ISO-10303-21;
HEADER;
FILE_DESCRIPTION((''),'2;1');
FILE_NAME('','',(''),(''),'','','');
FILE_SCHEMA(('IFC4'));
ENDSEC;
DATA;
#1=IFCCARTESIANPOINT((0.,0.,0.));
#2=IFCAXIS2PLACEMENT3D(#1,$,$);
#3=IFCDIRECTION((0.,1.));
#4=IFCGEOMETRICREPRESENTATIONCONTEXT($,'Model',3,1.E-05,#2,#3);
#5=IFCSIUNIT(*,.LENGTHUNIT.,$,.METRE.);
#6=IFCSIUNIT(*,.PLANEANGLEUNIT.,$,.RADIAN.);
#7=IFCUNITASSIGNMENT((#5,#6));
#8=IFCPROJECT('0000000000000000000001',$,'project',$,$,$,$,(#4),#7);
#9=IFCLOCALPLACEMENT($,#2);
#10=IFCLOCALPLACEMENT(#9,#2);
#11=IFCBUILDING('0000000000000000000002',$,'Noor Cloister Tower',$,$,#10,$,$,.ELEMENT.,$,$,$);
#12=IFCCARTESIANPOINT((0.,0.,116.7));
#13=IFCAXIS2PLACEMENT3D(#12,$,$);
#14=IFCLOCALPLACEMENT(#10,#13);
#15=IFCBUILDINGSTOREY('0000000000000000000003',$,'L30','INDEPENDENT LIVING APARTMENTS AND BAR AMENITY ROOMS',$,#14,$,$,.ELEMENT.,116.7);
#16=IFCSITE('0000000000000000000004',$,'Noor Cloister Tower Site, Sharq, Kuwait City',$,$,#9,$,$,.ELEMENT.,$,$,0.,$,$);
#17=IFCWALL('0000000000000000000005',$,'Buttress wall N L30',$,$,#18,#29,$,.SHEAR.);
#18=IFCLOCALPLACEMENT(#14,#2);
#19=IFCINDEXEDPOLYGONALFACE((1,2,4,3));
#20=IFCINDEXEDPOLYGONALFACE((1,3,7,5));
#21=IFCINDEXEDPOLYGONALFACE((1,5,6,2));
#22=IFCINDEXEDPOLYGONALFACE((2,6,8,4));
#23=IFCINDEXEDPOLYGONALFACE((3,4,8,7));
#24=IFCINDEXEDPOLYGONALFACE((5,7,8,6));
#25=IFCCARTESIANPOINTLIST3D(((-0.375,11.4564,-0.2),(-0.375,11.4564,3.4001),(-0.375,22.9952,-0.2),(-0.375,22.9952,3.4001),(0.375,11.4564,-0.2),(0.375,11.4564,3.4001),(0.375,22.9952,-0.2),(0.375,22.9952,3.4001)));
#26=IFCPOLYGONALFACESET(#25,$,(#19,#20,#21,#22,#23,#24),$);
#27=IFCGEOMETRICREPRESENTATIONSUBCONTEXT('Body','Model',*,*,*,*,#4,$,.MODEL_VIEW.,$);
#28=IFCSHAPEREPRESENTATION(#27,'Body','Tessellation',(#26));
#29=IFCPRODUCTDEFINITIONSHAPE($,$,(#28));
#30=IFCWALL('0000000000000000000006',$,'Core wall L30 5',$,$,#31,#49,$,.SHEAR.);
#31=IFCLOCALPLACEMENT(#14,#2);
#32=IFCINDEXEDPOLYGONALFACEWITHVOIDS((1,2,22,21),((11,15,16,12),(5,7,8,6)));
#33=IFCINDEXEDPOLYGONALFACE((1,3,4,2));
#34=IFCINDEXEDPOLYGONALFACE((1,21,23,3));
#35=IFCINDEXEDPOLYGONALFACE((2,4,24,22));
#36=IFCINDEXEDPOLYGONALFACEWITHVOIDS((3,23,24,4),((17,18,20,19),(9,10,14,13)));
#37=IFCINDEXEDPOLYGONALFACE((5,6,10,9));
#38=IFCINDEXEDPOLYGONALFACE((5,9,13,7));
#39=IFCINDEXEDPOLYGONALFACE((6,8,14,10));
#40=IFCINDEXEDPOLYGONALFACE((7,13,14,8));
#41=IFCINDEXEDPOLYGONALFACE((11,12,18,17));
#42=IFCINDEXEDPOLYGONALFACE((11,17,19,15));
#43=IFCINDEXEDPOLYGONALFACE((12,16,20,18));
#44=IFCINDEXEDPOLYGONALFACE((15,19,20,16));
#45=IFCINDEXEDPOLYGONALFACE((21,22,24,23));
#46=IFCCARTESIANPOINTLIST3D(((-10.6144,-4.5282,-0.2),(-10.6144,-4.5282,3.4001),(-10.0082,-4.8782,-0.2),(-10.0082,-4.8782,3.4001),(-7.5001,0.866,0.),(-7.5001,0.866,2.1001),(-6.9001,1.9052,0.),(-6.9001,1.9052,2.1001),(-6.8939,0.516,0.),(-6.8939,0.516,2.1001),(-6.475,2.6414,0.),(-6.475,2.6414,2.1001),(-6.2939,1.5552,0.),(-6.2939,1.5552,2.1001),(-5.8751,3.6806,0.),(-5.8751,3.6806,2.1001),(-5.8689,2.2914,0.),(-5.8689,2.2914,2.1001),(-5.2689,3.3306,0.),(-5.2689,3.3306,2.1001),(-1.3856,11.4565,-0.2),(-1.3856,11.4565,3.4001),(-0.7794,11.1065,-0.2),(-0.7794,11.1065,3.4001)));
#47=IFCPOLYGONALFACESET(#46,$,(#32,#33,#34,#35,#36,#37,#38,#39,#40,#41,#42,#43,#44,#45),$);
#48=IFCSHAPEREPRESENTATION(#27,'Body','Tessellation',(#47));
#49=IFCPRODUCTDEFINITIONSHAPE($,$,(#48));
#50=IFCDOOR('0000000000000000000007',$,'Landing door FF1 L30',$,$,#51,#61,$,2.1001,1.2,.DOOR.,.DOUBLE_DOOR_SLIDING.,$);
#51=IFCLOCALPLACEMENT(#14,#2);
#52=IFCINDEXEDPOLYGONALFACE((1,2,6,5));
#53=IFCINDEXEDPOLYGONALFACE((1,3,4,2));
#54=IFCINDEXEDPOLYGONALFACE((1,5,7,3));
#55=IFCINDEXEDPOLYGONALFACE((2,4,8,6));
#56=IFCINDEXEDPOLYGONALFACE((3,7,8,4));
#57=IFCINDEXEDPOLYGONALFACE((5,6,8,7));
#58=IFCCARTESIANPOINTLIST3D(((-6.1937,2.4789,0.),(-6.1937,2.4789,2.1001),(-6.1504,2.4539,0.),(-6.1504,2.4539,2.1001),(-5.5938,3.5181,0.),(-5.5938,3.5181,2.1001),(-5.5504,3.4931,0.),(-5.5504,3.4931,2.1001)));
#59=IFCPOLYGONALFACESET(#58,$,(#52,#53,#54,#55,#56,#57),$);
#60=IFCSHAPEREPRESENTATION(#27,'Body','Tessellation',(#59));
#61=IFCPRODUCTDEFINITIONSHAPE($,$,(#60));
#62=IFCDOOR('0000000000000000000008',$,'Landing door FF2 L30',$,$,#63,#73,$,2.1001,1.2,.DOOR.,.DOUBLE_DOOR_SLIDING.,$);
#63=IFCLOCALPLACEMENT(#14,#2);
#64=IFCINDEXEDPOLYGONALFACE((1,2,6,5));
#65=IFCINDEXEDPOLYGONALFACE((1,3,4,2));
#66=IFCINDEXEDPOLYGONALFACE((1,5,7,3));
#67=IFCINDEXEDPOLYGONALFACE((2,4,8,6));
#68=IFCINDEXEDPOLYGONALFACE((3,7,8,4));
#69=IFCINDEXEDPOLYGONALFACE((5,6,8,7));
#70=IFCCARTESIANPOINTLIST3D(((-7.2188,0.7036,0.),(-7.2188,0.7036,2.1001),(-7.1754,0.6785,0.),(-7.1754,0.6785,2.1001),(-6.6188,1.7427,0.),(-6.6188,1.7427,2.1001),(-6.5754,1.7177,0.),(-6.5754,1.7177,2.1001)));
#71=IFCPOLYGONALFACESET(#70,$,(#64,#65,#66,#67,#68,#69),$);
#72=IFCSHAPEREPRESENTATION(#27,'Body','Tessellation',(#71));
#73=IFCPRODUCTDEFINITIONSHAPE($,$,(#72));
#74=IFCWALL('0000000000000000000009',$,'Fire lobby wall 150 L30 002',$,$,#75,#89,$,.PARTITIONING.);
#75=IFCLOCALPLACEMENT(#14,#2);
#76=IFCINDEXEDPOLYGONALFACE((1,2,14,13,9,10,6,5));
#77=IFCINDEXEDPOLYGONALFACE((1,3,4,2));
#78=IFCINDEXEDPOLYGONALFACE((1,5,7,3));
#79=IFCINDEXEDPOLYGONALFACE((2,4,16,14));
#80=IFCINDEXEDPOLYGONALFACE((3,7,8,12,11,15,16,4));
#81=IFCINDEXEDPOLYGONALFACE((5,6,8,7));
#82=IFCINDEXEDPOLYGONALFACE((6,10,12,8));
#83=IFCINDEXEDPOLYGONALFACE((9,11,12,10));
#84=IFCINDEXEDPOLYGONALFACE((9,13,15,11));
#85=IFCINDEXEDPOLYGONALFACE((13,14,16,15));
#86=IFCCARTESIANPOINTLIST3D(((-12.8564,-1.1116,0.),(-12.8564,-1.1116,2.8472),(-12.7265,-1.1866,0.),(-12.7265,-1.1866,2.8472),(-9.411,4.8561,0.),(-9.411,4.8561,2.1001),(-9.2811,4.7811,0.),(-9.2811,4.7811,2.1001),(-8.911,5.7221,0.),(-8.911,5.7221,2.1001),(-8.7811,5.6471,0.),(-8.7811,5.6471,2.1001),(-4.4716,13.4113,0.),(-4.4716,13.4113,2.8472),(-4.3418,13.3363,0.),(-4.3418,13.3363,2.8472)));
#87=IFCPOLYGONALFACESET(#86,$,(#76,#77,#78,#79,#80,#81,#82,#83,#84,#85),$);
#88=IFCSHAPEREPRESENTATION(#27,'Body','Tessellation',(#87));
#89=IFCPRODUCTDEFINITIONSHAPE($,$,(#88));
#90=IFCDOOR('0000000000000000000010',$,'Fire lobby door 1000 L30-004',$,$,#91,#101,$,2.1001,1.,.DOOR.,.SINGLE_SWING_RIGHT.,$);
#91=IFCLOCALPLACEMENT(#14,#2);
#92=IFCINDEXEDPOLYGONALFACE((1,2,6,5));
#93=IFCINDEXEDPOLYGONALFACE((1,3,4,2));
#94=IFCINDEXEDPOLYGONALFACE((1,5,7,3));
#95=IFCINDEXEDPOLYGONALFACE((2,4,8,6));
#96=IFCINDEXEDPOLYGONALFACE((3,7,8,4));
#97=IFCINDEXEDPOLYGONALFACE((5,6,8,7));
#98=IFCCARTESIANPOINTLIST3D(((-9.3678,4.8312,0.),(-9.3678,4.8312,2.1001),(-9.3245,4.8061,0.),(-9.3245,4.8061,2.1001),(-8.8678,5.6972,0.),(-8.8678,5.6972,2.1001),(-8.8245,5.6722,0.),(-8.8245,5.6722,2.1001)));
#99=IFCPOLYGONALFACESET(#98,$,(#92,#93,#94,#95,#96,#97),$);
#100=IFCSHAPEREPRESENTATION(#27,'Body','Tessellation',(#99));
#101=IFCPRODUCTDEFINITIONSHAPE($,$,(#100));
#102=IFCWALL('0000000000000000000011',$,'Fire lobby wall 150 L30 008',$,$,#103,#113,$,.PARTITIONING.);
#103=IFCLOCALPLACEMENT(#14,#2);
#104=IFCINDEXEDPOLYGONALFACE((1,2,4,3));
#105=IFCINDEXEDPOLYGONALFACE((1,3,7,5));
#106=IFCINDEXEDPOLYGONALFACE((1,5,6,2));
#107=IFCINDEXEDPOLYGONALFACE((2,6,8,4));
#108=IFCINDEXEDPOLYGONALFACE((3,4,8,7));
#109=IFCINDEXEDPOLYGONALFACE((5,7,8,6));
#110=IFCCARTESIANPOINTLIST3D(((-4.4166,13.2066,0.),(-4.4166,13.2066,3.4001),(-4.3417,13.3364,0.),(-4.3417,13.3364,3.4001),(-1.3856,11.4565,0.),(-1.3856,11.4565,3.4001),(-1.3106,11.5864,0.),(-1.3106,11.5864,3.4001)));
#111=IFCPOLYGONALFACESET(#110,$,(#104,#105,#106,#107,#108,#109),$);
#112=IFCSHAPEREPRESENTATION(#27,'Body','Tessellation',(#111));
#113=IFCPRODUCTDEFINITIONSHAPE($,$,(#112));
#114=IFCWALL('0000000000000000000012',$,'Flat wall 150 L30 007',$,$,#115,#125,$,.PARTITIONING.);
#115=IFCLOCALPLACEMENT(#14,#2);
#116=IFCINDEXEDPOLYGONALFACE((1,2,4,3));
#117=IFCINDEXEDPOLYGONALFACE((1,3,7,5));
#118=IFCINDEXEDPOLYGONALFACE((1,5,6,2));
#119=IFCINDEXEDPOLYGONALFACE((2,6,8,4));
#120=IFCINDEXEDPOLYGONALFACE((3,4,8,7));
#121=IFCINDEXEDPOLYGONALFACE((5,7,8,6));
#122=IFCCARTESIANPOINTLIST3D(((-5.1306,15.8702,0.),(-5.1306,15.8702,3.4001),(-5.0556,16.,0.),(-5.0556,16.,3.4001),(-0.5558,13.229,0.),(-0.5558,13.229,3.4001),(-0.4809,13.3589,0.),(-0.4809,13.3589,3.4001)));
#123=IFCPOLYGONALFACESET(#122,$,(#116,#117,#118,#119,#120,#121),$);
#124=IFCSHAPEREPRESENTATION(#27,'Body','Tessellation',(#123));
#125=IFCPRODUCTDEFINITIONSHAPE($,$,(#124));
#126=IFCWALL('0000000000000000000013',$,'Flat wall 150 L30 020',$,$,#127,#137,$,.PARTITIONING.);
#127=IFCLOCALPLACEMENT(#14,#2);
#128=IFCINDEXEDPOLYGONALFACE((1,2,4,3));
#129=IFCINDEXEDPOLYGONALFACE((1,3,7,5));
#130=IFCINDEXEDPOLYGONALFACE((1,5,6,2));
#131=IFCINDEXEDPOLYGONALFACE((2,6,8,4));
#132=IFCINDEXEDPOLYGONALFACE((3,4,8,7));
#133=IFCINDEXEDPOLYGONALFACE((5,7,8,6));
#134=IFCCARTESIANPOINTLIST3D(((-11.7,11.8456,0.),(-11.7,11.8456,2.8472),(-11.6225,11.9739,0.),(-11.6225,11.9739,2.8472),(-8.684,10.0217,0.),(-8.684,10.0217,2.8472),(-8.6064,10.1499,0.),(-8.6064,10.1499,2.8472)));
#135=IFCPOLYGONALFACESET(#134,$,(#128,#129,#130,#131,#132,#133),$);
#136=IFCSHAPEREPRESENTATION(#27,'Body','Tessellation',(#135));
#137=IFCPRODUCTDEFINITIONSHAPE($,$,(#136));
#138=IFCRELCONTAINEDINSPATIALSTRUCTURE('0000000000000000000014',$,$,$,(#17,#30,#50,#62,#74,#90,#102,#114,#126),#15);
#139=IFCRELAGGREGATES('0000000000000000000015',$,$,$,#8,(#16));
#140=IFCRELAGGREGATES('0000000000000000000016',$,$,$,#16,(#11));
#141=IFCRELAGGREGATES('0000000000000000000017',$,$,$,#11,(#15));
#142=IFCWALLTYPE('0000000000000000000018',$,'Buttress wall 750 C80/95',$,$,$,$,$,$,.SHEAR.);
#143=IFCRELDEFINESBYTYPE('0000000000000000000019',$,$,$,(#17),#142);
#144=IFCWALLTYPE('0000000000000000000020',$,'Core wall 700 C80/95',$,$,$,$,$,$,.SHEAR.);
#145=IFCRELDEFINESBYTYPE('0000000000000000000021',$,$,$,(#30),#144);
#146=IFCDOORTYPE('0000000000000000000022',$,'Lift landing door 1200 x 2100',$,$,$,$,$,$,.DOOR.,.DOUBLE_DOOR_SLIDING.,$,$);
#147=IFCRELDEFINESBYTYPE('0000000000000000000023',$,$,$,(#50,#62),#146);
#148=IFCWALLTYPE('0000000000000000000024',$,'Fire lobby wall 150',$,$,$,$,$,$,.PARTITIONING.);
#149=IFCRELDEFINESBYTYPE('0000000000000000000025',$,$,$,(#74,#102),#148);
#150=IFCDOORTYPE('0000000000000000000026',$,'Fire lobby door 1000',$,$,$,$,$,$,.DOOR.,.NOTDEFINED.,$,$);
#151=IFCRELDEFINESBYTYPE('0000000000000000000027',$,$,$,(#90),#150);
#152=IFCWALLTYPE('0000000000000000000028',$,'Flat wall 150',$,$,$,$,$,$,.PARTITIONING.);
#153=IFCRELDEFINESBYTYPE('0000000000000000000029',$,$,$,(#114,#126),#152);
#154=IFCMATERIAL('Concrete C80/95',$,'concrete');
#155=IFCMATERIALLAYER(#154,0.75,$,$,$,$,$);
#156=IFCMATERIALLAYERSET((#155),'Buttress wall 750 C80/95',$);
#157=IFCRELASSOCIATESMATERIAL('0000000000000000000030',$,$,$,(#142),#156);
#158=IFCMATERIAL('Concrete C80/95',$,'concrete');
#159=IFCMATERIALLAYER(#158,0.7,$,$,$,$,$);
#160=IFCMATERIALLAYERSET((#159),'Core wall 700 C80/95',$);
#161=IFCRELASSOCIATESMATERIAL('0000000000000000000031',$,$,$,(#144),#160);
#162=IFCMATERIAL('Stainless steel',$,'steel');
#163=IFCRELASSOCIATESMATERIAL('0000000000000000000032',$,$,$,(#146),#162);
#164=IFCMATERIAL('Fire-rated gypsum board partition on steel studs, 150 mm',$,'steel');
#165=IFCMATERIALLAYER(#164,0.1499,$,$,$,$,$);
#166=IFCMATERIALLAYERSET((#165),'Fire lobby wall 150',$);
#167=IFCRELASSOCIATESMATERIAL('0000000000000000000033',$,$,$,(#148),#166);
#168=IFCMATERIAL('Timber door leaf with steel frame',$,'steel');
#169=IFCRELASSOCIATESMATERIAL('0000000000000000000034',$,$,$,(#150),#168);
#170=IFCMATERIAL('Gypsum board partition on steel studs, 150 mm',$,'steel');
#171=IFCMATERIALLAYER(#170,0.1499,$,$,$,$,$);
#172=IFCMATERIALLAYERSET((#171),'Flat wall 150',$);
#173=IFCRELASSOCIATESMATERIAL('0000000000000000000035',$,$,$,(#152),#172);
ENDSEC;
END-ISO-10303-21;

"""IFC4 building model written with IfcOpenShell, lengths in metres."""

from ifc_helpers import new_model, si_unit, direction, frame, frame_2d, origin, place, context, subcontext, project, spatial, rectangle, extrude, material, layer, layer_set, type_object, element, fill, save


model = new_model("IFC4")

# Units and contexts
model_context = context("Model", 3, precision=1e-05, world=origin(), true_north=direction((0.0, 1.0)))
body_context = subcontext(model_context, "Body", "Model", "MODEL_VIEW")
ifc_project = project(units=[si_unit("LENGTHUNIT", "METRE"), si_unit("PLANEANGLEUNIT", "RADIAN")], contexts=[model_context])

# Site, building, storey
site_placement = place(None, origin())
site = spatial("IfcSite", under=ifc_project, at=site_placement, Name="Noor Cloister Tower Site, Sharq, Kuwait City", CompositionType="ELEMENT", RefElevation=0.0)
building_placement = place(site_placement, origin())
building = spatial("IfcBuilding", under=site, at=building_placement, Name="Noor Cloister Tower", CompositionType="ELEMENT")
storey_placement = place(building_placement, frame((0.0, 0.0, 116.7)))
storey = spatial("IfcBuildingStorey", under=building, at=storey_placement, Name="L30", Description="INDEPENDENT LIVING APARTMENTS AND BAR AMENITY ROOMS", CompositionType="ELEMENT", Elevation=116.7)

# Wall
ifc_material_1 = material(Name="Concrete C80/95", Category="concrete")
ifc_layer_1 = layer(ifc_material_1, 0.75)
ifc_layer_set_1 = layer_set([ifc_layer_1], Name="Buttress wall 750 C80/95")
wall_type_1 = type_object("IfcWallType", Name="Buttress wall 750 C80/95", PredefinedType="SHEAR", material=ifc_layer_set_1)
wall_1_placement = place(storey_placement, frame((0.0, 11.4563, -0.2), z_axis=(0.0, 0.0, 1.0), x_axis=(0.0, 1.0, 0.0)))
element("IfcWall", 1, at=wall_1_placement, inside=storey, type_object=wall_type_1, Name="Buttress wall N L30", PredefinedType="SHEAR", context=body_context, shape_type="SweptSolid", body=[
    extrude(rectangle(XDim=11.5388, YDim=0.75, at=frame_2d((5.7695, 0.0))), origin(), (0.0, 0.0, 1.0), 3.6001),
])

# Wall, openings, doors
ifc_material_2 = material(Name="Concrete C80/95", Category="concrete")
ifc_layer_2 = layer(ifc_material_2, 0.7)
ifc_layer_set_2 = layer_set([ifc_layer_2], Name="Core wall 700 C80/95")
wall_type_2 = type_object("IfcWallType", Name="Core wall 700 C80/95", PredefinedType="SHEAR", material=ifc_layer_set_2)
wall_2_placement = place(storey_placement, frame((-1.0825, 11.2815, -0.2), z_axis=(0.0, 0.0, 1.0), x_axis=(-0.500001, -0.866025, 0.0)))
wall_2 = element("IfcWall", 2, at=wall_2_placement, inside=storey, type_object=wall_type_2, Name="Core wall L30 5", PredefinedType="SHEAR", context=body_context, shape_type="SweptSolid", body=[
    extrude(rectangle(XDim=18.4575, YDim=0.7, at=frame_2d((9.2288, 0.0))), origin(), (0.0, 0.0, 1.0), 3.6001),
])
opening_1_placement = place(wall_2_placement, frame((8.9788, 0.0, 0.2)))
opening_1 = element("IfcOpeningElement", 3, at=opening_1_placement, cuts=wall_2, PredefinedType="OPENING", context=body_context, shape_type="SweptSolid", body=[
    extrude(rectangle(XDim=1.2, YDim=2.1001, at=frame_2d((0.6001, 1.05))), frame((0.0, 0.3599, 0.0), z_axis=(0.0, -1.0, 0.0), x_axis=(1.0, 0.0, 0.0)), (0.0, 0.0, 1.0), 0.72),
])
opening_2_placement = place(wall_2_placement, frame((11.0288, 0.0, 0.2)))
opening_2 = element("IfcOpeningElement", 4, at=opening_2_placement, cuts=wall_2, PredefinedType="OPENING", context=body_context, shape_type="SweptSolid", body=[
    extrude(rectangle(XDim=1.2, YDim=2.1001, at=frame_2d((0.6001, 1.05))), frame((0.0, 0.3599, 0.0), z_axis=(0.0, -1.0, 0.0), x_axis=(1.0, 0.0, 0.0)), (0.0, 0.0, 1.0), 0.72),
])
ifc_material_3 = material(Name="Stainless steel", Category="steel")
door_type_1 = type_object("IfcDoorType", Name="Lift landing door 1200 x 2100", OperationType="DOUBLE_DOOR_SLIDING", PredefinedType="DOOR", material=ifc_material_3)
door_1_placement = place(opening_1_placement, origin())
door_1 = element("IfcDoor", 5, at=door_1_placement, inside=storey, type_object=door_type_1, Name="Landing door FF1 L30", OperationType="DOUBLE_DOOR_SLIDING", OverallHeight=2.1001, OverallWidth=1.2, PredefinedType="DOOR", context=body_context, shape_type="SweptSolid", body=[
    extrude(rectangle(XDim=1.2, YDim=2.1001, at=frame_2d((0.6001, 1.05))), frame((0.0, 0.0249, 0.0), z_axis=(0.0, -1.0, 0.0), x_axis=(1.0, 0.0, 0.0)), (0.0, 0.0, 1.0), 0.05),
])
fill(opening_1, door_1)
door_2_placement = place(opening_2_placement, origin())
door_2 = element("IfcDoor", 6, at=door_2_placement, inside=storey, type_object=door_type_1, Name="Landing door FF2 L30", OperationType="DOUBLE_DOOR_SLIDING", OverallHeight=2.1001, OverallWidth=1.2, PredefinedType="DOOR", context=body_context, shape_type="SweptSolid", body=[
    extrude(rectangle(XDim=1.2, YDim=2.1001, at=frame_2d((0.6001, 1.05))), frame((0.0, 0.0249, 0.0), z_axis=(0.0, -1.0, 0.0), x_axis=(1.0, 0.0, 0.0)), (0.0, 0.0, 1.0), 0.05),
])
fill(opening_2, door_2)

# Wall, opening, door
ifc_material_4 = material(Name="Fire-rated gypsum board partition on steel studs, 150 mm", Category="steel")
ifc_layer_3 = layer(ifc_material_4, 0.1499)
ifc_layer_set_3 = layer_set([ifc_layer_3], Name="Fire lobby wall 150")
wall_type_3 = type_object("IfcWallType", Name="Fire lobby wall 150", PredefinedType="PARTITIONING", material=ifc_layer_set_3)
wall_3_placement = place(storey_placement, frame((-4.4067, 13.3738, 0.0), z_axis=(0.0, 0.0, 1.0), x_axis=(-0.499997, -0.866027, 0.0)))
wall_3 = element("IfcWall", 7, at=wall_3_placement, inside=storey, type_object=wall_type_3, Name="Fire lobby wall 150 L30 002", PredefinedType="PARTITIONING", context=body_context, shape_type="SweptSolid", body=[
    extrude(rectangle(XDim=16.7695, YDim=0.1499, at=frame_2d((8.3848, 0.0))), origin(), (0.0, 0.0, 1.0), 2.8472),
])
opening_3_placement = place(wall_3_placement, frame((8.8787, 0.0, 0.0)))
opening_3 = element("IfcOpeningElement", 8, at=opening_3_placement, cuts=wall_3, PredefinedType="OPENING", context=body_context, shape_type="SweptSolid", body=[
    extrude(rectangle(XDim=1.0, YDim=2.1001, at=frame_2d((0.5, 1.05))), frame((0.0, 0.085, 0.0), z_axis=(0.0, -1.0, 0.0), x_axis=(1.0, 0.0, 0.0)), (0.0, 0.0, 1.0), 0.1699),
])
ifc_material_5 = material(Name="Timber door leaf with steel frame", Category="steel")
door_type_2 = type_object("IfcDoorType", Name="Fire lobby door 1000", OperationType="NOTDEFINED", PredefinedType="DOOR", material=ifc_material_5)
door_3_placement = place(opening_3_placement, origin())
door_3 = element("IfcDoor", 9, at=door_3_placement, inside=storey, type_object=door_type_2, Name="Fire lobby door 1000 L30-004", OperationType="SINGLE_SWING_RIGHT", OverallHeight=2.1001, OverallWidth=1.0, PredefinedType="DOOR", context=body_context, shape_type="SweptSolid", body=[
    extrude(rectangle(XDim=1.0, YDim=2.1001, at=frame_2d((0.5, 1.05))), frame((0.0, 0.0249, 0.0), z_axis=(0.0, -1.0, 0.0), x_axis=(1.0, 0.0, 0.0)), (0.0, 0.0, 1.0), 0.05),
])
fill(opening_3, door_3)

# Walls
wall_4_placement = place(storey_placement, frame((-4.3792, 13.2715, 0.0), z_axis=(0.0, 0.0, 1.0), x_axis=(0.866019, -0.50001, 0.0)))
element("IfcWall", 10, at=wall_4_placement, inside=storey, type_object=wall_type_3, Name="Fire lobby wall 150 L30 008", PredefinedType="PARTITIONING", context=body_context, shape_type="SweptSolid", body=[
    extrude(rectangle(XDim=3.5, YDim=0.1499, at=frame_2d((1.75, 0.0))), origin(), (0.0, 0.0, 1.0), 3.4001),
])
ifc_material_6 = material(Name="Gypsum board partition on steel studs, 150 mm", Category="steel")
ifc_layer_4 = layer(ifc_material_6, 0.1499)
ifc_layer_set_4 = layer_set([ifc_layer_4], Name="Flat wall 150")
wall_type_4 = type_object("IfcWallType", Name="Flat wall 150", PredefinedType="PARTITIONING", material=ifc_layer_set_4)
wall_5_placement = place(storey_placement, frame((-5.093, 15.9351, 0.0), z_axis=(0.0, 0.0, 1.0), x_axis=(0.866033, -0.499987, 0.0)))
element("IfcWall", 11, at=wall_5_placement, inside=storey, type_object=wall_type_4, Name="Flat wall 150 L30 007", PredefinedType="PARTITIONING", context=body_context, shape_type="SweptSolid", body=[
    extrude(rectangle(XDim=5.2825, YDim=0.1499, at=frame_2d((2.6411, 0.0))), origin(), (0.0, 0.0, 1.0), 3.4001),
])
wall_6_placement = place(storey_placement, frame((-11.6611, 11.9097, 0.0), z_axis=(0.0, 0.0, 1.0), x_axis=(0.855697, -0.517477, 0.0)))
element("IfcWall", 12, at=wall_6_placement, inside=storey, type_object=wall_type_4, Name="Flat wall 150 L30 020", PredefinedType="PARTITIONING", context=body_context, shape_type="SweptSolid", body=[
    extrude(rectangle(XDim=3.5247, YDim=0.1499, at=frame_2d((1.7622, 0.0))), origin(), (0.0, 0.0, 1.0), 2.8472),
])

save(model, "model.ifc")
